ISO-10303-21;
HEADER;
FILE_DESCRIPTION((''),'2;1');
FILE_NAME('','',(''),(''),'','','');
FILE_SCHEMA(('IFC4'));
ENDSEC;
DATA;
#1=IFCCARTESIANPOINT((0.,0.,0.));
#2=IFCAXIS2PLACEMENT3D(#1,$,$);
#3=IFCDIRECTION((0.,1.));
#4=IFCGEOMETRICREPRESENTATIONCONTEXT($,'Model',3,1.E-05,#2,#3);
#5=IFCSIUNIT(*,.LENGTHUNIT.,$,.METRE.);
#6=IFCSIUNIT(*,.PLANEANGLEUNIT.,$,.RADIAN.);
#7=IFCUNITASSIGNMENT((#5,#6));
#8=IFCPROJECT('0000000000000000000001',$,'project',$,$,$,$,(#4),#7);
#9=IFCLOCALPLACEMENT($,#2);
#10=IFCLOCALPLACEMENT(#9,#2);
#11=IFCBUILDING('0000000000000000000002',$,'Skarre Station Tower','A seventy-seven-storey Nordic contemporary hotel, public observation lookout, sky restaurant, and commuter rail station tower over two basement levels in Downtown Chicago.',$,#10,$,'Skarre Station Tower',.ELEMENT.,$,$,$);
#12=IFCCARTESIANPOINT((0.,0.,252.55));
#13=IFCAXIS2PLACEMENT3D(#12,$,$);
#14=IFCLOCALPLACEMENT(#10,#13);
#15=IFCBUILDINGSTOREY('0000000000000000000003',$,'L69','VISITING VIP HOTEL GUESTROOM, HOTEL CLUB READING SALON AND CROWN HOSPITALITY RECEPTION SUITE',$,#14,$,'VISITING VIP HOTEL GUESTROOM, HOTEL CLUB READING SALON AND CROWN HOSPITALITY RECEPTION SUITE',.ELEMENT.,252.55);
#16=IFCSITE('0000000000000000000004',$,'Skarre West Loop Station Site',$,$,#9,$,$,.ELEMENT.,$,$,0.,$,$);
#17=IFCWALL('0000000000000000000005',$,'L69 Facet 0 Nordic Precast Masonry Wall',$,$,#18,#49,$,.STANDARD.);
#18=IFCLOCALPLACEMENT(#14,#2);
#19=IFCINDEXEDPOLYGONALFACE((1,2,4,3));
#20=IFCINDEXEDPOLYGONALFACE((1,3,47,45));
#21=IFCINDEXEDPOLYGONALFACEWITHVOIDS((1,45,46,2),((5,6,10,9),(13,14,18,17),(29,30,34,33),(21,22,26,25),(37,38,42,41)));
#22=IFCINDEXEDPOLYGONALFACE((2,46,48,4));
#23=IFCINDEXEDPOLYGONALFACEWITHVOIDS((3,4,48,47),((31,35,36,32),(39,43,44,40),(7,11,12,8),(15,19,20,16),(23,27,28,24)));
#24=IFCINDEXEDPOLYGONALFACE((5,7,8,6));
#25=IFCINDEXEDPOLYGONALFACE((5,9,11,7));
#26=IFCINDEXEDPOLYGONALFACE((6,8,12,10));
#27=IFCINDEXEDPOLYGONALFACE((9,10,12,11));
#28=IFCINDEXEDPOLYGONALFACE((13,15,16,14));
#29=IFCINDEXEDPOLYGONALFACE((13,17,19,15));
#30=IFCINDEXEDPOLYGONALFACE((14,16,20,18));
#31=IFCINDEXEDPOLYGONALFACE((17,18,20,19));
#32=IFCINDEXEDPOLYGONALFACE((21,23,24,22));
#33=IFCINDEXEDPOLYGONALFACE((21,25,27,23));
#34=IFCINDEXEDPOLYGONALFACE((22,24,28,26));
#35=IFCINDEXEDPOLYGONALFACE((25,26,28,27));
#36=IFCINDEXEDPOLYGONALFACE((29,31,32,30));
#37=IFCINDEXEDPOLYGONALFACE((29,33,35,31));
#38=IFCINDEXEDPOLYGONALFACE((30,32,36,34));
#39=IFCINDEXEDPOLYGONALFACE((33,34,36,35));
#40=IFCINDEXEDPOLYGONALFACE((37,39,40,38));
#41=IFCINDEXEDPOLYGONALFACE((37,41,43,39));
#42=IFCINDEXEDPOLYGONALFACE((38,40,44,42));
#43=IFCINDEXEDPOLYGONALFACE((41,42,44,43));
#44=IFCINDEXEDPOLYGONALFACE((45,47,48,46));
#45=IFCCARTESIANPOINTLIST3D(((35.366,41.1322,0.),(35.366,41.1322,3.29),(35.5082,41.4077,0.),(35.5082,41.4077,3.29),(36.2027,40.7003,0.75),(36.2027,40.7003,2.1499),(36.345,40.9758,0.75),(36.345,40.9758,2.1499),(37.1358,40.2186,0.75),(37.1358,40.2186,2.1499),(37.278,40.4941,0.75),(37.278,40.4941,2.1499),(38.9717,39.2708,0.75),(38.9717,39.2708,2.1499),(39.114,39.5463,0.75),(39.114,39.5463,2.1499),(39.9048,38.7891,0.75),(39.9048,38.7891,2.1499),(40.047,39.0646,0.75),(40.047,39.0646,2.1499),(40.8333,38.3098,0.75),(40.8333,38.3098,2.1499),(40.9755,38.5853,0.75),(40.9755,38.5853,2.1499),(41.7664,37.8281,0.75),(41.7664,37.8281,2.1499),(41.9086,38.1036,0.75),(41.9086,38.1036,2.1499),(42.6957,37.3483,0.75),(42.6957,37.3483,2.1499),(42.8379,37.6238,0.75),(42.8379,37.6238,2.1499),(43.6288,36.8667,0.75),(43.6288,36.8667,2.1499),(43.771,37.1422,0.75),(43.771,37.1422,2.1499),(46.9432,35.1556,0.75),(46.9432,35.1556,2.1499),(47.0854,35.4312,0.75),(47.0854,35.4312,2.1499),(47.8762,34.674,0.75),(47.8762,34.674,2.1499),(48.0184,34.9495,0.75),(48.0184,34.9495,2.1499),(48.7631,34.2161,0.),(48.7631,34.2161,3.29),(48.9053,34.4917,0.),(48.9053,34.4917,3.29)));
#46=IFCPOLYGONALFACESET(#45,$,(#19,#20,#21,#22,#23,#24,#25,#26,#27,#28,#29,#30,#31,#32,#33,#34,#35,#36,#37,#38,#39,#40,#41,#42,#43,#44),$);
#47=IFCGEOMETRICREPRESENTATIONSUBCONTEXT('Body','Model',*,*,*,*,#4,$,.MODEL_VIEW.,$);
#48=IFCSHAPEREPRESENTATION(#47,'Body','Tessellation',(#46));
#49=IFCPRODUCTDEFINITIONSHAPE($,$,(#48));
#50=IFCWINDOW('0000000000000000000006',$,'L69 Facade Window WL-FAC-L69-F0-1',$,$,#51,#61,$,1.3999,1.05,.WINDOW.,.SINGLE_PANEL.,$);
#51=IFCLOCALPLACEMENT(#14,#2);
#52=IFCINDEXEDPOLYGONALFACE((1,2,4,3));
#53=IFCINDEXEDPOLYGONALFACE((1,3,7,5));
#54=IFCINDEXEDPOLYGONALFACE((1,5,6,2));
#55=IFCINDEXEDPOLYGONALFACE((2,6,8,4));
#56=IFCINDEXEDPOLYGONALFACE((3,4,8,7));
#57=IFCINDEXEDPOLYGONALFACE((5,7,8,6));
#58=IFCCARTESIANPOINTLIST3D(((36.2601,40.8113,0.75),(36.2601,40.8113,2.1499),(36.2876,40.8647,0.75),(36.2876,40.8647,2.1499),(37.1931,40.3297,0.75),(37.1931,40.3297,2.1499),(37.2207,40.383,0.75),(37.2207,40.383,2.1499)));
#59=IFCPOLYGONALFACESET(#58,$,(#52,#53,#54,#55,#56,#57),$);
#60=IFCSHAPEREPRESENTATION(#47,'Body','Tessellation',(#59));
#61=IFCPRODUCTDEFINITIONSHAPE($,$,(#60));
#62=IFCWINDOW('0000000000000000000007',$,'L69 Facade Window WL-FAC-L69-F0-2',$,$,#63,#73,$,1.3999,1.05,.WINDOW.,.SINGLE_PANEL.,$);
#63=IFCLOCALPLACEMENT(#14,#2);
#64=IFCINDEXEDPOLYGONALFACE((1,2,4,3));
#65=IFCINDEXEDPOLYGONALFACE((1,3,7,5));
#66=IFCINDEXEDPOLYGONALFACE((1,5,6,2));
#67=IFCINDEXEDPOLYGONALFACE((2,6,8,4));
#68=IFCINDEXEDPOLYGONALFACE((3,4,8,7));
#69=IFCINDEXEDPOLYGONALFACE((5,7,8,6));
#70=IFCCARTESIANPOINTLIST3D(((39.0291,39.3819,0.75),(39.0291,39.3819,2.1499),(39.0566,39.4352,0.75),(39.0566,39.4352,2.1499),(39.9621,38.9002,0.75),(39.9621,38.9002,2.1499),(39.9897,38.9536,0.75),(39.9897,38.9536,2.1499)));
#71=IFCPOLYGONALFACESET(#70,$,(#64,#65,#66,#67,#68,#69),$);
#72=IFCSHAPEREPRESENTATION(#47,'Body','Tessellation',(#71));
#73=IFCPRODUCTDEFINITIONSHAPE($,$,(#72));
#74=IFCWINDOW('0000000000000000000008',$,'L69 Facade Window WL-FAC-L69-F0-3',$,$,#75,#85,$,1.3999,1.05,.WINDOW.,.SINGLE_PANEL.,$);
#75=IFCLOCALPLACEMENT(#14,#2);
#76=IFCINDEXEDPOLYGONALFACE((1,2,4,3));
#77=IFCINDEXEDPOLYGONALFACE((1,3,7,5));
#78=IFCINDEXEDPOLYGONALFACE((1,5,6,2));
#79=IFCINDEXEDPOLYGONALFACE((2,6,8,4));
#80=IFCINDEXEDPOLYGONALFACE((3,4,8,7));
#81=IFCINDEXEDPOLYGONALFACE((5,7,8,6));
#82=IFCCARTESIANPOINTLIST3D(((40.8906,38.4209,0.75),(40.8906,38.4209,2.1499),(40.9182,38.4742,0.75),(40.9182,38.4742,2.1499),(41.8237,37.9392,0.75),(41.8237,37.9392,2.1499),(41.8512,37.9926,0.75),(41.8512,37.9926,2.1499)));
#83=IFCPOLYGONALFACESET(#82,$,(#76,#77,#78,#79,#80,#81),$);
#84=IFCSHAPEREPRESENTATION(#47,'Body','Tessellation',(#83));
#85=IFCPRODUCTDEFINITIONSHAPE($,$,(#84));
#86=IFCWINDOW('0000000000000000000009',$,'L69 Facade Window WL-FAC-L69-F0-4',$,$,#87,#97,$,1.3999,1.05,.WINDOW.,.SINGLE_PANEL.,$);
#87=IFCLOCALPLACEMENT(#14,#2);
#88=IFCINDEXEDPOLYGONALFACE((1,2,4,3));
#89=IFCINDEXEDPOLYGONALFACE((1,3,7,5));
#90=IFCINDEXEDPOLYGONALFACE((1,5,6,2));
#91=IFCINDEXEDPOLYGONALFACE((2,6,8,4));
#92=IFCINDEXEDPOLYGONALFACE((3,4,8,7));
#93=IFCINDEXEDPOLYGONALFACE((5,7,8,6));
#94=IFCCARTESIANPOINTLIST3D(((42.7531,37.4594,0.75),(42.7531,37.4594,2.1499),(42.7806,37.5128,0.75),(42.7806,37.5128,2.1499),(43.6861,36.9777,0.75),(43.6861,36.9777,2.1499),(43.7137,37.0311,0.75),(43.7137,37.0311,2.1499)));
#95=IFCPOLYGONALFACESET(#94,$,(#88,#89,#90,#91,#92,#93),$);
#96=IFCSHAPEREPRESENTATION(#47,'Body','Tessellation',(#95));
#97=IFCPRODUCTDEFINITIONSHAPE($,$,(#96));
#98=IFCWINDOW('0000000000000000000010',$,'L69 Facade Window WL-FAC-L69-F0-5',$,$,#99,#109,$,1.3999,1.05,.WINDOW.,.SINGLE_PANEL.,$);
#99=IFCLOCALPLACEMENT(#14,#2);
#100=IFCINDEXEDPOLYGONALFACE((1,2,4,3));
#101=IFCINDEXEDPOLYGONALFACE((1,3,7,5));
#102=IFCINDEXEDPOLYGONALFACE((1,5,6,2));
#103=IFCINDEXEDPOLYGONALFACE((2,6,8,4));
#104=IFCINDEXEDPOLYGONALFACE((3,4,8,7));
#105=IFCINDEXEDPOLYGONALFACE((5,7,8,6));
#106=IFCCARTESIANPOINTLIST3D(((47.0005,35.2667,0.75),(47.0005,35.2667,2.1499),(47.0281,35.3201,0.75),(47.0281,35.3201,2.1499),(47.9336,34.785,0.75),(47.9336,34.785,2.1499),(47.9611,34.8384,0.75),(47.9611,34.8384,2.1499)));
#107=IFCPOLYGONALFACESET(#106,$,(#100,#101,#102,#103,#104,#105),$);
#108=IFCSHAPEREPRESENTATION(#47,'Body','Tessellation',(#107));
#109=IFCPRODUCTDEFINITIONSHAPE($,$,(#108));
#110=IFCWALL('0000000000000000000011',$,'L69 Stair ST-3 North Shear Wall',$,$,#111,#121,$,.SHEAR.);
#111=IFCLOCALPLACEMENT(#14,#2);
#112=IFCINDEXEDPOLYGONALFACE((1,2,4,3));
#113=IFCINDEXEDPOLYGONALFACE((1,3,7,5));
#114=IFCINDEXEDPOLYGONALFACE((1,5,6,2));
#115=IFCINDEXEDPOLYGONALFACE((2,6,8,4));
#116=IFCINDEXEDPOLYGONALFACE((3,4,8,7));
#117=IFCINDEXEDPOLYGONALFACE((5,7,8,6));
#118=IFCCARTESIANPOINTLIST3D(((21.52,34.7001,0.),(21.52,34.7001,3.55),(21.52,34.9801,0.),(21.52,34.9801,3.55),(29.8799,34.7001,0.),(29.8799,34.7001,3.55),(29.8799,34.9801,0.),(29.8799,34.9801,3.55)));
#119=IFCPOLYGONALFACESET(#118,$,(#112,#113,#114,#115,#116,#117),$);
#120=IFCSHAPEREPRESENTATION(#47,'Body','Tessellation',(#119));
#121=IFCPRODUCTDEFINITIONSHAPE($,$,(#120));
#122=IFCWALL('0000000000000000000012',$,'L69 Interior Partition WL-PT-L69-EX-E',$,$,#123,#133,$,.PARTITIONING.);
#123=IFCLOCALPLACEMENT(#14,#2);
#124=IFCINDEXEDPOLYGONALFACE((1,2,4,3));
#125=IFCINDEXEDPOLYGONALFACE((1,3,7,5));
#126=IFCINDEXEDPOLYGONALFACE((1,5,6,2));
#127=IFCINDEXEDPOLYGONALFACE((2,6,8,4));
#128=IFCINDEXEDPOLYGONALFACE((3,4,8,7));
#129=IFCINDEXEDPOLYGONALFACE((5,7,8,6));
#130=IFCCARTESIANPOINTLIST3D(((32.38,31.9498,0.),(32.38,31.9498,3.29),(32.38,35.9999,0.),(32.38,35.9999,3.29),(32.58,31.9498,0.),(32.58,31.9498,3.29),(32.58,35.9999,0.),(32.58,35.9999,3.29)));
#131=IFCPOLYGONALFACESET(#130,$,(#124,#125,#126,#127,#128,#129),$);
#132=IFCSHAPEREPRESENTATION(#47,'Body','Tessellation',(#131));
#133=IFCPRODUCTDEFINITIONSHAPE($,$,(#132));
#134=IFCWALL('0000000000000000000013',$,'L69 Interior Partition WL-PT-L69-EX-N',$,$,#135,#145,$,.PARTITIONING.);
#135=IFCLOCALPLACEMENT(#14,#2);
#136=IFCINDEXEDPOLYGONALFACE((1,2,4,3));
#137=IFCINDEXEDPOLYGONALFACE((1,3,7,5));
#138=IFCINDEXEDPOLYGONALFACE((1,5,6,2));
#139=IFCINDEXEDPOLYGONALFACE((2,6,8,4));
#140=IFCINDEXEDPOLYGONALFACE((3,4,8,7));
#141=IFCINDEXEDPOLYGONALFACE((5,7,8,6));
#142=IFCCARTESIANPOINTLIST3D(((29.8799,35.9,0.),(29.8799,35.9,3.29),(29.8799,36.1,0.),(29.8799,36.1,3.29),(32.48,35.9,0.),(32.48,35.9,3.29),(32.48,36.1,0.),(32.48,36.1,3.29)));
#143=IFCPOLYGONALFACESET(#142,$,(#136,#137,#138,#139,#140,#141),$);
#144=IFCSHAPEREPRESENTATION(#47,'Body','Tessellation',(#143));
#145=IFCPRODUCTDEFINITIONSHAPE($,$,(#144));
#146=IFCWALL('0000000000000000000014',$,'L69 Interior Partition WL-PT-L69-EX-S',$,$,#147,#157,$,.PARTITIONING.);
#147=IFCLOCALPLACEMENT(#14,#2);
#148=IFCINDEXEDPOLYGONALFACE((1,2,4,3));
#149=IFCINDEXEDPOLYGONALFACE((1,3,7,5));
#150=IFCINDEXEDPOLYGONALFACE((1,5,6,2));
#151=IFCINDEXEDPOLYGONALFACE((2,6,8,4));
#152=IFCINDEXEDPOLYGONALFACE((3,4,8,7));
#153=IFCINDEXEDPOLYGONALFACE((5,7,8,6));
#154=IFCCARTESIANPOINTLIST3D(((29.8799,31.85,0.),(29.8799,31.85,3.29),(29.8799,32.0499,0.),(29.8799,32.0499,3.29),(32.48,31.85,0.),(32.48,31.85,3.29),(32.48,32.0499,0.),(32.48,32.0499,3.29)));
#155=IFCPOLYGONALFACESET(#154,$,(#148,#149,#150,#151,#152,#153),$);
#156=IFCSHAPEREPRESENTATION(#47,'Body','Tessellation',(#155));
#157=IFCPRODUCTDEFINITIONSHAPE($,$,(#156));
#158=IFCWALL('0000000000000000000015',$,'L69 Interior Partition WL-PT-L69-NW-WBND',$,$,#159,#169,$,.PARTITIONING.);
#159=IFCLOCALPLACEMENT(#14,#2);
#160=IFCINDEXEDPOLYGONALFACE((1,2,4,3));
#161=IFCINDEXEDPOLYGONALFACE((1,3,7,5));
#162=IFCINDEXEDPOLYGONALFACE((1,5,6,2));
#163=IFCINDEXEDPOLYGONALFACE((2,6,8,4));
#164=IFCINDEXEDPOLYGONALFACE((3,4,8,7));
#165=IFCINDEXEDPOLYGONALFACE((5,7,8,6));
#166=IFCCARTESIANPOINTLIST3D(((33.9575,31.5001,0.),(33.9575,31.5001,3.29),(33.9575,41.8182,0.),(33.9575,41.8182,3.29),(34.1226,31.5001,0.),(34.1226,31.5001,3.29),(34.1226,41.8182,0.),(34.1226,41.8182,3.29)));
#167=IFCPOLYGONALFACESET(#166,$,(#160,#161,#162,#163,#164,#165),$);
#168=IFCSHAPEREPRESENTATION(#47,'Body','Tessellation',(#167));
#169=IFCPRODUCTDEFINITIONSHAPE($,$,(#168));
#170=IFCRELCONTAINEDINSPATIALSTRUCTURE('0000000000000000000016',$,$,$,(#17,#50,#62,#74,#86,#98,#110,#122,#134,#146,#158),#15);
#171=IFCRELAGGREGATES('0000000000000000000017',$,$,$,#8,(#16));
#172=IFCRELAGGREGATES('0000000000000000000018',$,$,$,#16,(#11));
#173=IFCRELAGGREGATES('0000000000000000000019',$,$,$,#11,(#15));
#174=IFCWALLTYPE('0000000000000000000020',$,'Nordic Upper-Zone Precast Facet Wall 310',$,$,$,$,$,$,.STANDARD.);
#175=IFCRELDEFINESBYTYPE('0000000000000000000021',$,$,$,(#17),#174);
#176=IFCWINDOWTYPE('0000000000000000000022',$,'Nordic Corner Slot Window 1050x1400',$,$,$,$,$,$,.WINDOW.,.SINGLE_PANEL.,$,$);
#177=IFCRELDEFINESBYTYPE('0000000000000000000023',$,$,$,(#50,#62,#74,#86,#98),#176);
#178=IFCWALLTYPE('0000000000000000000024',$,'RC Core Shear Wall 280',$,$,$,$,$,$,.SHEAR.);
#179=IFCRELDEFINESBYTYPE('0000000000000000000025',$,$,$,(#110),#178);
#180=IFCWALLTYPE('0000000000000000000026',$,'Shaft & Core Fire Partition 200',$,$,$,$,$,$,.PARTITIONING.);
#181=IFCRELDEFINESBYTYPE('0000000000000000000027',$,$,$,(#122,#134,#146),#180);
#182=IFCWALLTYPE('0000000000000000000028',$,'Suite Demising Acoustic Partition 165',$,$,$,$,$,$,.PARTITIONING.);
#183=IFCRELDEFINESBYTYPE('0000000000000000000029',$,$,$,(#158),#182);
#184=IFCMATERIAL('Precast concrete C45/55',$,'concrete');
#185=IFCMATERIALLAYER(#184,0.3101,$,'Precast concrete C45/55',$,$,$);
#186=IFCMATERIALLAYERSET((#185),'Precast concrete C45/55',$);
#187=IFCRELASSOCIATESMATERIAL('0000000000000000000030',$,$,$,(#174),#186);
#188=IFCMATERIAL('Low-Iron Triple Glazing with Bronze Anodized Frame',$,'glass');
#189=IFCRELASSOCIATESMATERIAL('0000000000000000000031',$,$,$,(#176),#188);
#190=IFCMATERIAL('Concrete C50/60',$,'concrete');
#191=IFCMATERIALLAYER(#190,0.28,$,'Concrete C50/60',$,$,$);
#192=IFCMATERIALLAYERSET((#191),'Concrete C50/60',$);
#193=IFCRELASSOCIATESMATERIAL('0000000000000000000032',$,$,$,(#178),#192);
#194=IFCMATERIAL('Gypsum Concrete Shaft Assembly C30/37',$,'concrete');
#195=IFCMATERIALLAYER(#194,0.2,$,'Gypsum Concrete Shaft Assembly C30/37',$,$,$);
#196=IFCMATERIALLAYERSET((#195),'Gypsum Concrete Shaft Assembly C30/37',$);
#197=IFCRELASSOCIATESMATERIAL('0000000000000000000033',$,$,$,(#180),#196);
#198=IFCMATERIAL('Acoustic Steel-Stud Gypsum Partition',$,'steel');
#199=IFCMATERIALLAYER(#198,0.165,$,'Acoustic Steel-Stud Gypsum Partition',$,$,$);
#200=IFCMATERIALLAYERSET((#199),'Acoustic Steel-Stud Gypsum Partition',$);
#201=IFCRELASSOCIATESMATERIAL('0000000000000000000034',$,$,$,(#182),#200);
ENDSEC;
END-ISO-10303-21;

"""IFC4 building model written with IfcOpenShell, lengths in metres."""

from ifc_helpers import new_model, si_unit, direction, frame, frame_2d, origin, place, context, subcontext, project, spatial, rectangle, extrude, material, layer, layer_set, type_object, element, fill, save


model = new_model("IFC4")

# Units and contexts
model_context = context("Model", 3, precision=1e-05, world=origin(), true_north=direction((0.0, 1.0)))
body_context = subcontext(model_context, "Body", "Model", "MODEL_VIEW")
ifc_project = project(units=[si_unit("LENGTHUNIT", "METRE"), si_unit("PLANEANGLEUNIT", "RADIAN")], contexts=[model_context])

# Site, building, storey
site_placement = place(None, origin())
site = spatial("IfcSite", under=ifc_project, at=site_placement, Name="Skarre West Loop Station Site", CompositionType="ELEMENT", RefElevation=0.0)
building_placement = place(site_placement, origin())
building = spatial("IfcBuilding", under=site, at=building_placement, Name="Skarre Station Tower", Description="A seventy-seven-storey Nordic contemporary hotel, public observation lookout, sky restaurant, and commuter rail station tower over two basement levels in Downtown Chicago.", LongName="Skarre Station Tower", CompositionType="ELEMENT")
storey_placement = place(building_placement, frame((0.0, 0.0, 252.55)))
storey = spatial("IfcBuildingStorey", under=building, at=storey_placement, Name="L69", Description="VISITING VIP HOTEL GUESTROOM, HOTEL CLUB READING SALON AND CROWN HOSPITALITY RECEPTION SUITE", LongName="VISITING VIP HOTEL GUESTROOM, HOTEL CLUB READING SALON AND CROWN HOSPITALITY RECEPTION SUITE", CompositionType="ELEMENT", Elevation=252.55)

# Shared definitions
ifc_material_1 = material(Name="Concrete C50/60", Category="concrete")

# Shared definitions
ifc_material_2 = material(Name="Acoustic Steel-Stud Gypsum Partition", Category="steel")

# Shared definitions
ifc_material_3 = material(Name="Precast concrete C45/55", Category="concrete")

# Wall, openings, windows
ifc_layer_1 = layer(ifc_material_3, 0.3101, Name="Precast concrete C45/55")
ifc_layer_set_1 = layer_set([ifc_layer_1], Name="Precast concrete C45/55")
wall_type_1 = type_object("IfcWallType", Name="Nordic Upper-Zone Precast Facet Wall 310", PredefinedType="STANDARD", material=ifc_layer_set_1)
wall_1_placement = place(storey_placement, frame((35.437, 41.27, 0.0), z_axis=(0.0, 0.0, 1.0), x_axis=(0.888581, -0.458719, 0.0)))
wall_1 = element("IfcWall", 1, at=wall_1_placement, inside=storey, type_object=wall_type_1, Name="L69 Facet 0 Nordic Precast Masonry Wall", PredefinedType="STANDARD", context=body_context, shape_type="SweptSolid", body=[
    extrude(rectangle(XDim=15.0769, YDim=0.3101, at=frame_2d((7.5386, 0.0))), origin(), (0.0, 0.0, 1.0), 3.29),
])
opening_1_placement = place(wall_1_placement, frame((0.9419, 0.0, 0.75)))
opening_1 = element("IfcOpeningElement", 2, at=opening_1_placement, cuts=wall_1, PredefinedType="OPENING", context=body_context, shape_type="SweptSolid", body=[
    extrude(rectangle(XDim=1.05, YDim=1.3999, at=frame_2d((0.5249, 0.7))), frame((0.0, 0.165, 0.0), z_axis=(0.0, -1.0, 0.0), x_axis=(1.0, 0.0, 0.0)), (0.0, 0.0, 1.0), 0.3301),
])
opening_2_placement = place(wall_1_placement, frame((4.0581, 0.0, 0.75)))
opening_2 = element("IfcOpeningElement", 3, at=opening_2_placement, cuts=wall_1, PredefinedType="OPENING", context=body_context, shape_type="SweptSolid", body=[
    extrude(rectangle(XDim=1.05, YDim=1.3999, at=frame_2d((0.5249, 0.7))), frame((0.0, 0.165, 0.0), z_axis=(0.0, -1.0, 0.0), x_axis=(1.0, 0.0, 0.0)), (0.0, 0.0, 1.0), 0.3301),
])
opening_3_placement = place(wall_1_placement, frame((6.1531, 0.0, 0.75)))
opening_3 = element("IfcOpeningElement", 4, at=opening_3_placement, cuts=wall_1, PredefinedType="OPENING", context=body_context, shape_type="SweptSolid", body=[
    extrude(rectangle(XDim=1.05, YDim=1.3999, at=frame_2d((0.5249, 0.7))), frame((0.0, 0.165, 0.0), z_axis=(0.0, -1.0, 0.0), x_axis=(1.0, 0.0, 0.0)), (0.0, 0.0, 1.0), 0.3301),
])
opening_4_placement = place(wall_1_placement, frame((8.249, 0.0, 0.75)))
opening_4 = element("IfcOpeningElement", 5, at=opening_4_placement, cuts=wall_1, PredefinedType="OPENING", context=body_context, shape_type="SweptSolid", body=[
    extrude(rectangle(XDim=1.05, YDim=1.3999, at=frame_2d((0.5249, 0.7))), frame((0.0, 0.165, 0.0), z_axis=(0.0, -1.0, 0.0), x_axis=(1.0, 0.0, 0.0)), (0.0, 0.0, 1.0), 0.3301),
])
opening_5_placement = place(wall_1_placement, frame((13.0291, 0.0, 0.75)))
opening_5 = element("IfcOpeningElement", 6, at=opening_5_placement, cuts=wall_1, PredefinedType="OPENING", context=body_context, shape_type="SweptSolid", body=[
    extrude(rectangle(XDim=1.05, YDim=1.3999, at=frame_2d((0.5249, 0.7))), frame((0.0, 0.165, 0.0), z_axis=(0.0, -1.0, 0.0), x_axis=(1.0, 0.0, 0.0)), (0.0, 0.0, 1.0), 0.3301),
])
ifc_material_4 = material(Name="Low-Iron Triple Glazing with Bronze Anodized Frame", Category="glass")
window_type = type_object("IfcWindowType", Name="Nordic Corner Slot Window 1050x1400", PartitioningType="SINGLE_PANEL", PredefinedType="WINDOW", material=ifc_material_4)
window_1_placement = place(opening_1_placement, origin())
window_1 = element("IfcWindow", 7, at=window_1_placement, inside=storey, type_object=window_type, Name="L69 Facade Window WL-FAC-L69-F0-1", OverallHeight=1.3999, OverallWidth=1.05, PartitioningType="SINGLE_PANEL", PredefinedType="WINDOW", context=body_context, shape_type="SweptSolid", body=[
    extrude(rectangle(XDim=1.05, YDim=1.3999, at=frame_2d((0.5249, 0.7))), frame((0.0, 0.03, 0.0), z_axis=(0.0, -1.0, 0.0), x_axis=(1.0, 0.0, 0.0)), (0.0, 0.0, 1.0), 0.0601),
])
fill(opening_1, window_1)
window_2_placement = place(opening_2_placement, origin())
window_2 = element("IfcWindow", 8, at=window_2_placement, inside=storey, type_object=window_type, Name="L69 Facade Window WL-FAC-L69-F0-2", OverallHeight=1.3999, OverallWidth=1.05, PartitioningType="SINGLE_PANEL", PredefinedType="WINDOW", context=body_context, shape_type="SweptSolid", body=[
    extrude(rectangle(XDim=1.05, YDim=1.3999, at=frame_2d((0.5249, 0.7))), frame((0.0, 0.03, 0.0), z_axis=(0.0, -1.0, 0.0), x_axis=(1.0, 0.0, 0.0)), (0.0, 0.0, 1.0), 0.0601),
])
fill(opening_2, window_2)
window_3_placement = place(opening_3_placement, origin())
window_3 = element("IfcWindow", 9, at=window_3_placement, inside=storey, type_object=window_type, Name="L69 Facade Window WL-FAC-L69-F0-3", OverallHeight=1.3999, OverallWidth=1.05, PartitioningType="SINGLE_PANEL", PredefinedType="WINDOW", context=body_context, shape_type="SweptSolid", body=[
    extrude(rectangle(XDim=1.05, YDim=1.3999, at=frame_2d((0.5249, 0.7))), frame((0.0, 0.03, 0.0), z_axis=(0.0, -1.0, 0.0), x_axis=(1.0, 0.0, 0.0)), (0.0, 0.0, 1.0), 0.0601),
])
fill(opening_3, window_3)
window_4_placement = place(opening_4_placement, origin())
window_4 = element("IfcWindow", 10, at=window_4_placement, inside=storey, type_object=window_type, Name="L69 Facade Window WL-FAC-L69-F0-4", OverallHeight=1.3999, OverallWidth=1.05, PartitioningType="SINGLE_PANEL", PredefinedType="WINDOW", context=body_context, shape_type="SweptSolid", body=[
    extrude(rectangle(XDim=1.05, YDim=1.3999, at=frame_2d((0.5249, 0.7))), frame((0.0, 0.03, 0.0), z_axis=(0.0, -1.0, 0.0), x_axis=(1.0, 0.0, 0.0)), (0.0, 0.0, 1.0), 0.0601),
])
fill(opening_4, window_4)
window_5_placement = place(opening_5_placement, origin())
window_5 = element("IfcWindow", 11, at=window_5_placement, inside=storey, type_object=window_type, Name="L69 Facade Window WL-FAC-L69-F0-5", OverallHeight=1.3999, OverallWidth=1.05, PartitioningType="SINGLE_PANEL", PredefinedType="WINDOW", context=body_context, shape_type="SweptSolid", body=[
    extrude(rectangle(XDim=1.05, YDim=1.3999, at=frame_2d((0.5249, 0.7))), frame((0.0, 0.03, 0.0), z_axis=(0.0, -1.0, 0.0), x_axis=(1.0, 0.0, 0.0)), (0.0, 0.0, 1.0), 0.0601),
])
fill(opening_5, window_5)

# Walls
ifc_layer_2 = layer(ifc_material_1, 0.28, Name="Concrete C50/60")
ifc_layer_set_2 = layer_set([ifc_layer_2], Name="Concrete C50/60")
wall_type_2 = type_object("IfcWallType", Name="RC Core Shear Wall 280", PredefinedType="SHEAR", material=ifc_layer_set_2)
wall_2_placement = place(storey_placement, frame((29.8799, 34.8401, 0.0), z_axis=(0.0, 0.0, 1.0), x_axis=(-1.0, 0.0, 0.0)))
element("IfcWall", 12, at=wall_2_placement, inside=storey, type_object=wall_type_2, Name="L69 Stair ST-3 North Shear Wall", PredefinedType="SHEAR", context=body_context, shape_type="SweptSolid", body=[
    extrude(rectangle(XDim=8.3599, YDim=0.28, at=frame_2d((4.1799, 0.0))), origin(), (0.0, 0.0, 1.0), 3.55),
])
ifc_material_5 = material(Name="Gypsum Concrete Shaft Assembly C30/37", Category="concrete")
ifc_layer_3 = layer(ifc_material_5, 0.2, Name="Gypsum Concrete Shaft Assembly C30/37")
ifc_layer_set_3 = layer_set([ifc_layer_3], Name="Gypsum Concrete Shaft Assembly C30/37")
wall_type_3 = type_object("IfcWallType", Name="Shaft & Core Fire Partition 200", PredefinedType="PARTITIONING", material=ifc_layer_set_3)
wall_3_placement = place(storey_placement, frame((32.48, 31.95, 0.0), z_axis=(0.0, 0.0, 1.0), x_axis=(0.0, 1.0, 0.0)))
element("IfcWall", 13, at=wall_3_placement, inside=storey, type_object=wall_type_3, Name="L69 Interior Partition WL-PT-L69-EX-E", PredefinedType="PARTITIONING", context=body_context, shape_type="SweptSolid", body=[
    extrude(rectangle(XDim=4.05, YDim=0.2, at=frame_2d((2.0249, 0.0))), origin(), (0.0, 0.0, 1.0), 3.29),
])
for number, where, z_axis, x_axis, name in (
    (14, (29.8799, 36.0, 0.0), (0.0, 0.0, 1.0), (1.0, 0.0, 0.0), "L69 Interior Partition WL-PT-L69-EX-N"),
    (15, (32.48, 31.95, 0.0), (0.0, 0.0, 1.0), (-1.0, 0.0, 0.0), "L69 Interior Partition WL-PT-L69-EX-S"),
):
    element("IfcWall", number, at=place(storey_placement, frame(where, z_axis=z_axis, x_axis=x_axis)), inside=storey, type_object=wall_type_3, Name=name, PredefinedType="PARTITIONING", context=body_context, shape_type="SweptSolid", body=[
        extrude(rectangle(XDim=2.6001, YDim=0.2, at=frame_2d((1.3, 0.0))), origin(), (0.0, 0.0, 1.0), 3.29),
    ])
ifc_layer_4 = layer(ifc_material_2, 0.165, Name="Acoustic Steel-Stud Gypsum Partition")
ifc_layer_set_4 = layer_set([ifc_layer_4], Name="Acoustic Steel-Stud Gypsum Partition")
wall_type_4 = type_object("IfcWallType", Name="Suite Demising Acoustic Partition 165", PredefinedType="PARTITIONING", material=ifc_layer_set_4)
wall_4_placement = place(storey_placement, frame((34.04, 31.5, 0.0), z_axis=(0.0, 0.0, 1.0), x_axis=(0.0, 1.0, 0.0)))
element("IfcWall", 16, at=wall_4_placement, inside=storey, type_object=wall_type_4, Name="L69 Interior Partition WL-PT-L69-NW-WBND", PredefinedType="PARTITIONING", context=body_context, shape_type="SweptSolid", body=[
    extrude(rectangle(XDim=10.3181, YDim=0.165, at=frame_2d((5.1592, 0.0))), origin(), (0.0, 0.0, 1.0), 3.29),
])

save(model, "model.ifc")
